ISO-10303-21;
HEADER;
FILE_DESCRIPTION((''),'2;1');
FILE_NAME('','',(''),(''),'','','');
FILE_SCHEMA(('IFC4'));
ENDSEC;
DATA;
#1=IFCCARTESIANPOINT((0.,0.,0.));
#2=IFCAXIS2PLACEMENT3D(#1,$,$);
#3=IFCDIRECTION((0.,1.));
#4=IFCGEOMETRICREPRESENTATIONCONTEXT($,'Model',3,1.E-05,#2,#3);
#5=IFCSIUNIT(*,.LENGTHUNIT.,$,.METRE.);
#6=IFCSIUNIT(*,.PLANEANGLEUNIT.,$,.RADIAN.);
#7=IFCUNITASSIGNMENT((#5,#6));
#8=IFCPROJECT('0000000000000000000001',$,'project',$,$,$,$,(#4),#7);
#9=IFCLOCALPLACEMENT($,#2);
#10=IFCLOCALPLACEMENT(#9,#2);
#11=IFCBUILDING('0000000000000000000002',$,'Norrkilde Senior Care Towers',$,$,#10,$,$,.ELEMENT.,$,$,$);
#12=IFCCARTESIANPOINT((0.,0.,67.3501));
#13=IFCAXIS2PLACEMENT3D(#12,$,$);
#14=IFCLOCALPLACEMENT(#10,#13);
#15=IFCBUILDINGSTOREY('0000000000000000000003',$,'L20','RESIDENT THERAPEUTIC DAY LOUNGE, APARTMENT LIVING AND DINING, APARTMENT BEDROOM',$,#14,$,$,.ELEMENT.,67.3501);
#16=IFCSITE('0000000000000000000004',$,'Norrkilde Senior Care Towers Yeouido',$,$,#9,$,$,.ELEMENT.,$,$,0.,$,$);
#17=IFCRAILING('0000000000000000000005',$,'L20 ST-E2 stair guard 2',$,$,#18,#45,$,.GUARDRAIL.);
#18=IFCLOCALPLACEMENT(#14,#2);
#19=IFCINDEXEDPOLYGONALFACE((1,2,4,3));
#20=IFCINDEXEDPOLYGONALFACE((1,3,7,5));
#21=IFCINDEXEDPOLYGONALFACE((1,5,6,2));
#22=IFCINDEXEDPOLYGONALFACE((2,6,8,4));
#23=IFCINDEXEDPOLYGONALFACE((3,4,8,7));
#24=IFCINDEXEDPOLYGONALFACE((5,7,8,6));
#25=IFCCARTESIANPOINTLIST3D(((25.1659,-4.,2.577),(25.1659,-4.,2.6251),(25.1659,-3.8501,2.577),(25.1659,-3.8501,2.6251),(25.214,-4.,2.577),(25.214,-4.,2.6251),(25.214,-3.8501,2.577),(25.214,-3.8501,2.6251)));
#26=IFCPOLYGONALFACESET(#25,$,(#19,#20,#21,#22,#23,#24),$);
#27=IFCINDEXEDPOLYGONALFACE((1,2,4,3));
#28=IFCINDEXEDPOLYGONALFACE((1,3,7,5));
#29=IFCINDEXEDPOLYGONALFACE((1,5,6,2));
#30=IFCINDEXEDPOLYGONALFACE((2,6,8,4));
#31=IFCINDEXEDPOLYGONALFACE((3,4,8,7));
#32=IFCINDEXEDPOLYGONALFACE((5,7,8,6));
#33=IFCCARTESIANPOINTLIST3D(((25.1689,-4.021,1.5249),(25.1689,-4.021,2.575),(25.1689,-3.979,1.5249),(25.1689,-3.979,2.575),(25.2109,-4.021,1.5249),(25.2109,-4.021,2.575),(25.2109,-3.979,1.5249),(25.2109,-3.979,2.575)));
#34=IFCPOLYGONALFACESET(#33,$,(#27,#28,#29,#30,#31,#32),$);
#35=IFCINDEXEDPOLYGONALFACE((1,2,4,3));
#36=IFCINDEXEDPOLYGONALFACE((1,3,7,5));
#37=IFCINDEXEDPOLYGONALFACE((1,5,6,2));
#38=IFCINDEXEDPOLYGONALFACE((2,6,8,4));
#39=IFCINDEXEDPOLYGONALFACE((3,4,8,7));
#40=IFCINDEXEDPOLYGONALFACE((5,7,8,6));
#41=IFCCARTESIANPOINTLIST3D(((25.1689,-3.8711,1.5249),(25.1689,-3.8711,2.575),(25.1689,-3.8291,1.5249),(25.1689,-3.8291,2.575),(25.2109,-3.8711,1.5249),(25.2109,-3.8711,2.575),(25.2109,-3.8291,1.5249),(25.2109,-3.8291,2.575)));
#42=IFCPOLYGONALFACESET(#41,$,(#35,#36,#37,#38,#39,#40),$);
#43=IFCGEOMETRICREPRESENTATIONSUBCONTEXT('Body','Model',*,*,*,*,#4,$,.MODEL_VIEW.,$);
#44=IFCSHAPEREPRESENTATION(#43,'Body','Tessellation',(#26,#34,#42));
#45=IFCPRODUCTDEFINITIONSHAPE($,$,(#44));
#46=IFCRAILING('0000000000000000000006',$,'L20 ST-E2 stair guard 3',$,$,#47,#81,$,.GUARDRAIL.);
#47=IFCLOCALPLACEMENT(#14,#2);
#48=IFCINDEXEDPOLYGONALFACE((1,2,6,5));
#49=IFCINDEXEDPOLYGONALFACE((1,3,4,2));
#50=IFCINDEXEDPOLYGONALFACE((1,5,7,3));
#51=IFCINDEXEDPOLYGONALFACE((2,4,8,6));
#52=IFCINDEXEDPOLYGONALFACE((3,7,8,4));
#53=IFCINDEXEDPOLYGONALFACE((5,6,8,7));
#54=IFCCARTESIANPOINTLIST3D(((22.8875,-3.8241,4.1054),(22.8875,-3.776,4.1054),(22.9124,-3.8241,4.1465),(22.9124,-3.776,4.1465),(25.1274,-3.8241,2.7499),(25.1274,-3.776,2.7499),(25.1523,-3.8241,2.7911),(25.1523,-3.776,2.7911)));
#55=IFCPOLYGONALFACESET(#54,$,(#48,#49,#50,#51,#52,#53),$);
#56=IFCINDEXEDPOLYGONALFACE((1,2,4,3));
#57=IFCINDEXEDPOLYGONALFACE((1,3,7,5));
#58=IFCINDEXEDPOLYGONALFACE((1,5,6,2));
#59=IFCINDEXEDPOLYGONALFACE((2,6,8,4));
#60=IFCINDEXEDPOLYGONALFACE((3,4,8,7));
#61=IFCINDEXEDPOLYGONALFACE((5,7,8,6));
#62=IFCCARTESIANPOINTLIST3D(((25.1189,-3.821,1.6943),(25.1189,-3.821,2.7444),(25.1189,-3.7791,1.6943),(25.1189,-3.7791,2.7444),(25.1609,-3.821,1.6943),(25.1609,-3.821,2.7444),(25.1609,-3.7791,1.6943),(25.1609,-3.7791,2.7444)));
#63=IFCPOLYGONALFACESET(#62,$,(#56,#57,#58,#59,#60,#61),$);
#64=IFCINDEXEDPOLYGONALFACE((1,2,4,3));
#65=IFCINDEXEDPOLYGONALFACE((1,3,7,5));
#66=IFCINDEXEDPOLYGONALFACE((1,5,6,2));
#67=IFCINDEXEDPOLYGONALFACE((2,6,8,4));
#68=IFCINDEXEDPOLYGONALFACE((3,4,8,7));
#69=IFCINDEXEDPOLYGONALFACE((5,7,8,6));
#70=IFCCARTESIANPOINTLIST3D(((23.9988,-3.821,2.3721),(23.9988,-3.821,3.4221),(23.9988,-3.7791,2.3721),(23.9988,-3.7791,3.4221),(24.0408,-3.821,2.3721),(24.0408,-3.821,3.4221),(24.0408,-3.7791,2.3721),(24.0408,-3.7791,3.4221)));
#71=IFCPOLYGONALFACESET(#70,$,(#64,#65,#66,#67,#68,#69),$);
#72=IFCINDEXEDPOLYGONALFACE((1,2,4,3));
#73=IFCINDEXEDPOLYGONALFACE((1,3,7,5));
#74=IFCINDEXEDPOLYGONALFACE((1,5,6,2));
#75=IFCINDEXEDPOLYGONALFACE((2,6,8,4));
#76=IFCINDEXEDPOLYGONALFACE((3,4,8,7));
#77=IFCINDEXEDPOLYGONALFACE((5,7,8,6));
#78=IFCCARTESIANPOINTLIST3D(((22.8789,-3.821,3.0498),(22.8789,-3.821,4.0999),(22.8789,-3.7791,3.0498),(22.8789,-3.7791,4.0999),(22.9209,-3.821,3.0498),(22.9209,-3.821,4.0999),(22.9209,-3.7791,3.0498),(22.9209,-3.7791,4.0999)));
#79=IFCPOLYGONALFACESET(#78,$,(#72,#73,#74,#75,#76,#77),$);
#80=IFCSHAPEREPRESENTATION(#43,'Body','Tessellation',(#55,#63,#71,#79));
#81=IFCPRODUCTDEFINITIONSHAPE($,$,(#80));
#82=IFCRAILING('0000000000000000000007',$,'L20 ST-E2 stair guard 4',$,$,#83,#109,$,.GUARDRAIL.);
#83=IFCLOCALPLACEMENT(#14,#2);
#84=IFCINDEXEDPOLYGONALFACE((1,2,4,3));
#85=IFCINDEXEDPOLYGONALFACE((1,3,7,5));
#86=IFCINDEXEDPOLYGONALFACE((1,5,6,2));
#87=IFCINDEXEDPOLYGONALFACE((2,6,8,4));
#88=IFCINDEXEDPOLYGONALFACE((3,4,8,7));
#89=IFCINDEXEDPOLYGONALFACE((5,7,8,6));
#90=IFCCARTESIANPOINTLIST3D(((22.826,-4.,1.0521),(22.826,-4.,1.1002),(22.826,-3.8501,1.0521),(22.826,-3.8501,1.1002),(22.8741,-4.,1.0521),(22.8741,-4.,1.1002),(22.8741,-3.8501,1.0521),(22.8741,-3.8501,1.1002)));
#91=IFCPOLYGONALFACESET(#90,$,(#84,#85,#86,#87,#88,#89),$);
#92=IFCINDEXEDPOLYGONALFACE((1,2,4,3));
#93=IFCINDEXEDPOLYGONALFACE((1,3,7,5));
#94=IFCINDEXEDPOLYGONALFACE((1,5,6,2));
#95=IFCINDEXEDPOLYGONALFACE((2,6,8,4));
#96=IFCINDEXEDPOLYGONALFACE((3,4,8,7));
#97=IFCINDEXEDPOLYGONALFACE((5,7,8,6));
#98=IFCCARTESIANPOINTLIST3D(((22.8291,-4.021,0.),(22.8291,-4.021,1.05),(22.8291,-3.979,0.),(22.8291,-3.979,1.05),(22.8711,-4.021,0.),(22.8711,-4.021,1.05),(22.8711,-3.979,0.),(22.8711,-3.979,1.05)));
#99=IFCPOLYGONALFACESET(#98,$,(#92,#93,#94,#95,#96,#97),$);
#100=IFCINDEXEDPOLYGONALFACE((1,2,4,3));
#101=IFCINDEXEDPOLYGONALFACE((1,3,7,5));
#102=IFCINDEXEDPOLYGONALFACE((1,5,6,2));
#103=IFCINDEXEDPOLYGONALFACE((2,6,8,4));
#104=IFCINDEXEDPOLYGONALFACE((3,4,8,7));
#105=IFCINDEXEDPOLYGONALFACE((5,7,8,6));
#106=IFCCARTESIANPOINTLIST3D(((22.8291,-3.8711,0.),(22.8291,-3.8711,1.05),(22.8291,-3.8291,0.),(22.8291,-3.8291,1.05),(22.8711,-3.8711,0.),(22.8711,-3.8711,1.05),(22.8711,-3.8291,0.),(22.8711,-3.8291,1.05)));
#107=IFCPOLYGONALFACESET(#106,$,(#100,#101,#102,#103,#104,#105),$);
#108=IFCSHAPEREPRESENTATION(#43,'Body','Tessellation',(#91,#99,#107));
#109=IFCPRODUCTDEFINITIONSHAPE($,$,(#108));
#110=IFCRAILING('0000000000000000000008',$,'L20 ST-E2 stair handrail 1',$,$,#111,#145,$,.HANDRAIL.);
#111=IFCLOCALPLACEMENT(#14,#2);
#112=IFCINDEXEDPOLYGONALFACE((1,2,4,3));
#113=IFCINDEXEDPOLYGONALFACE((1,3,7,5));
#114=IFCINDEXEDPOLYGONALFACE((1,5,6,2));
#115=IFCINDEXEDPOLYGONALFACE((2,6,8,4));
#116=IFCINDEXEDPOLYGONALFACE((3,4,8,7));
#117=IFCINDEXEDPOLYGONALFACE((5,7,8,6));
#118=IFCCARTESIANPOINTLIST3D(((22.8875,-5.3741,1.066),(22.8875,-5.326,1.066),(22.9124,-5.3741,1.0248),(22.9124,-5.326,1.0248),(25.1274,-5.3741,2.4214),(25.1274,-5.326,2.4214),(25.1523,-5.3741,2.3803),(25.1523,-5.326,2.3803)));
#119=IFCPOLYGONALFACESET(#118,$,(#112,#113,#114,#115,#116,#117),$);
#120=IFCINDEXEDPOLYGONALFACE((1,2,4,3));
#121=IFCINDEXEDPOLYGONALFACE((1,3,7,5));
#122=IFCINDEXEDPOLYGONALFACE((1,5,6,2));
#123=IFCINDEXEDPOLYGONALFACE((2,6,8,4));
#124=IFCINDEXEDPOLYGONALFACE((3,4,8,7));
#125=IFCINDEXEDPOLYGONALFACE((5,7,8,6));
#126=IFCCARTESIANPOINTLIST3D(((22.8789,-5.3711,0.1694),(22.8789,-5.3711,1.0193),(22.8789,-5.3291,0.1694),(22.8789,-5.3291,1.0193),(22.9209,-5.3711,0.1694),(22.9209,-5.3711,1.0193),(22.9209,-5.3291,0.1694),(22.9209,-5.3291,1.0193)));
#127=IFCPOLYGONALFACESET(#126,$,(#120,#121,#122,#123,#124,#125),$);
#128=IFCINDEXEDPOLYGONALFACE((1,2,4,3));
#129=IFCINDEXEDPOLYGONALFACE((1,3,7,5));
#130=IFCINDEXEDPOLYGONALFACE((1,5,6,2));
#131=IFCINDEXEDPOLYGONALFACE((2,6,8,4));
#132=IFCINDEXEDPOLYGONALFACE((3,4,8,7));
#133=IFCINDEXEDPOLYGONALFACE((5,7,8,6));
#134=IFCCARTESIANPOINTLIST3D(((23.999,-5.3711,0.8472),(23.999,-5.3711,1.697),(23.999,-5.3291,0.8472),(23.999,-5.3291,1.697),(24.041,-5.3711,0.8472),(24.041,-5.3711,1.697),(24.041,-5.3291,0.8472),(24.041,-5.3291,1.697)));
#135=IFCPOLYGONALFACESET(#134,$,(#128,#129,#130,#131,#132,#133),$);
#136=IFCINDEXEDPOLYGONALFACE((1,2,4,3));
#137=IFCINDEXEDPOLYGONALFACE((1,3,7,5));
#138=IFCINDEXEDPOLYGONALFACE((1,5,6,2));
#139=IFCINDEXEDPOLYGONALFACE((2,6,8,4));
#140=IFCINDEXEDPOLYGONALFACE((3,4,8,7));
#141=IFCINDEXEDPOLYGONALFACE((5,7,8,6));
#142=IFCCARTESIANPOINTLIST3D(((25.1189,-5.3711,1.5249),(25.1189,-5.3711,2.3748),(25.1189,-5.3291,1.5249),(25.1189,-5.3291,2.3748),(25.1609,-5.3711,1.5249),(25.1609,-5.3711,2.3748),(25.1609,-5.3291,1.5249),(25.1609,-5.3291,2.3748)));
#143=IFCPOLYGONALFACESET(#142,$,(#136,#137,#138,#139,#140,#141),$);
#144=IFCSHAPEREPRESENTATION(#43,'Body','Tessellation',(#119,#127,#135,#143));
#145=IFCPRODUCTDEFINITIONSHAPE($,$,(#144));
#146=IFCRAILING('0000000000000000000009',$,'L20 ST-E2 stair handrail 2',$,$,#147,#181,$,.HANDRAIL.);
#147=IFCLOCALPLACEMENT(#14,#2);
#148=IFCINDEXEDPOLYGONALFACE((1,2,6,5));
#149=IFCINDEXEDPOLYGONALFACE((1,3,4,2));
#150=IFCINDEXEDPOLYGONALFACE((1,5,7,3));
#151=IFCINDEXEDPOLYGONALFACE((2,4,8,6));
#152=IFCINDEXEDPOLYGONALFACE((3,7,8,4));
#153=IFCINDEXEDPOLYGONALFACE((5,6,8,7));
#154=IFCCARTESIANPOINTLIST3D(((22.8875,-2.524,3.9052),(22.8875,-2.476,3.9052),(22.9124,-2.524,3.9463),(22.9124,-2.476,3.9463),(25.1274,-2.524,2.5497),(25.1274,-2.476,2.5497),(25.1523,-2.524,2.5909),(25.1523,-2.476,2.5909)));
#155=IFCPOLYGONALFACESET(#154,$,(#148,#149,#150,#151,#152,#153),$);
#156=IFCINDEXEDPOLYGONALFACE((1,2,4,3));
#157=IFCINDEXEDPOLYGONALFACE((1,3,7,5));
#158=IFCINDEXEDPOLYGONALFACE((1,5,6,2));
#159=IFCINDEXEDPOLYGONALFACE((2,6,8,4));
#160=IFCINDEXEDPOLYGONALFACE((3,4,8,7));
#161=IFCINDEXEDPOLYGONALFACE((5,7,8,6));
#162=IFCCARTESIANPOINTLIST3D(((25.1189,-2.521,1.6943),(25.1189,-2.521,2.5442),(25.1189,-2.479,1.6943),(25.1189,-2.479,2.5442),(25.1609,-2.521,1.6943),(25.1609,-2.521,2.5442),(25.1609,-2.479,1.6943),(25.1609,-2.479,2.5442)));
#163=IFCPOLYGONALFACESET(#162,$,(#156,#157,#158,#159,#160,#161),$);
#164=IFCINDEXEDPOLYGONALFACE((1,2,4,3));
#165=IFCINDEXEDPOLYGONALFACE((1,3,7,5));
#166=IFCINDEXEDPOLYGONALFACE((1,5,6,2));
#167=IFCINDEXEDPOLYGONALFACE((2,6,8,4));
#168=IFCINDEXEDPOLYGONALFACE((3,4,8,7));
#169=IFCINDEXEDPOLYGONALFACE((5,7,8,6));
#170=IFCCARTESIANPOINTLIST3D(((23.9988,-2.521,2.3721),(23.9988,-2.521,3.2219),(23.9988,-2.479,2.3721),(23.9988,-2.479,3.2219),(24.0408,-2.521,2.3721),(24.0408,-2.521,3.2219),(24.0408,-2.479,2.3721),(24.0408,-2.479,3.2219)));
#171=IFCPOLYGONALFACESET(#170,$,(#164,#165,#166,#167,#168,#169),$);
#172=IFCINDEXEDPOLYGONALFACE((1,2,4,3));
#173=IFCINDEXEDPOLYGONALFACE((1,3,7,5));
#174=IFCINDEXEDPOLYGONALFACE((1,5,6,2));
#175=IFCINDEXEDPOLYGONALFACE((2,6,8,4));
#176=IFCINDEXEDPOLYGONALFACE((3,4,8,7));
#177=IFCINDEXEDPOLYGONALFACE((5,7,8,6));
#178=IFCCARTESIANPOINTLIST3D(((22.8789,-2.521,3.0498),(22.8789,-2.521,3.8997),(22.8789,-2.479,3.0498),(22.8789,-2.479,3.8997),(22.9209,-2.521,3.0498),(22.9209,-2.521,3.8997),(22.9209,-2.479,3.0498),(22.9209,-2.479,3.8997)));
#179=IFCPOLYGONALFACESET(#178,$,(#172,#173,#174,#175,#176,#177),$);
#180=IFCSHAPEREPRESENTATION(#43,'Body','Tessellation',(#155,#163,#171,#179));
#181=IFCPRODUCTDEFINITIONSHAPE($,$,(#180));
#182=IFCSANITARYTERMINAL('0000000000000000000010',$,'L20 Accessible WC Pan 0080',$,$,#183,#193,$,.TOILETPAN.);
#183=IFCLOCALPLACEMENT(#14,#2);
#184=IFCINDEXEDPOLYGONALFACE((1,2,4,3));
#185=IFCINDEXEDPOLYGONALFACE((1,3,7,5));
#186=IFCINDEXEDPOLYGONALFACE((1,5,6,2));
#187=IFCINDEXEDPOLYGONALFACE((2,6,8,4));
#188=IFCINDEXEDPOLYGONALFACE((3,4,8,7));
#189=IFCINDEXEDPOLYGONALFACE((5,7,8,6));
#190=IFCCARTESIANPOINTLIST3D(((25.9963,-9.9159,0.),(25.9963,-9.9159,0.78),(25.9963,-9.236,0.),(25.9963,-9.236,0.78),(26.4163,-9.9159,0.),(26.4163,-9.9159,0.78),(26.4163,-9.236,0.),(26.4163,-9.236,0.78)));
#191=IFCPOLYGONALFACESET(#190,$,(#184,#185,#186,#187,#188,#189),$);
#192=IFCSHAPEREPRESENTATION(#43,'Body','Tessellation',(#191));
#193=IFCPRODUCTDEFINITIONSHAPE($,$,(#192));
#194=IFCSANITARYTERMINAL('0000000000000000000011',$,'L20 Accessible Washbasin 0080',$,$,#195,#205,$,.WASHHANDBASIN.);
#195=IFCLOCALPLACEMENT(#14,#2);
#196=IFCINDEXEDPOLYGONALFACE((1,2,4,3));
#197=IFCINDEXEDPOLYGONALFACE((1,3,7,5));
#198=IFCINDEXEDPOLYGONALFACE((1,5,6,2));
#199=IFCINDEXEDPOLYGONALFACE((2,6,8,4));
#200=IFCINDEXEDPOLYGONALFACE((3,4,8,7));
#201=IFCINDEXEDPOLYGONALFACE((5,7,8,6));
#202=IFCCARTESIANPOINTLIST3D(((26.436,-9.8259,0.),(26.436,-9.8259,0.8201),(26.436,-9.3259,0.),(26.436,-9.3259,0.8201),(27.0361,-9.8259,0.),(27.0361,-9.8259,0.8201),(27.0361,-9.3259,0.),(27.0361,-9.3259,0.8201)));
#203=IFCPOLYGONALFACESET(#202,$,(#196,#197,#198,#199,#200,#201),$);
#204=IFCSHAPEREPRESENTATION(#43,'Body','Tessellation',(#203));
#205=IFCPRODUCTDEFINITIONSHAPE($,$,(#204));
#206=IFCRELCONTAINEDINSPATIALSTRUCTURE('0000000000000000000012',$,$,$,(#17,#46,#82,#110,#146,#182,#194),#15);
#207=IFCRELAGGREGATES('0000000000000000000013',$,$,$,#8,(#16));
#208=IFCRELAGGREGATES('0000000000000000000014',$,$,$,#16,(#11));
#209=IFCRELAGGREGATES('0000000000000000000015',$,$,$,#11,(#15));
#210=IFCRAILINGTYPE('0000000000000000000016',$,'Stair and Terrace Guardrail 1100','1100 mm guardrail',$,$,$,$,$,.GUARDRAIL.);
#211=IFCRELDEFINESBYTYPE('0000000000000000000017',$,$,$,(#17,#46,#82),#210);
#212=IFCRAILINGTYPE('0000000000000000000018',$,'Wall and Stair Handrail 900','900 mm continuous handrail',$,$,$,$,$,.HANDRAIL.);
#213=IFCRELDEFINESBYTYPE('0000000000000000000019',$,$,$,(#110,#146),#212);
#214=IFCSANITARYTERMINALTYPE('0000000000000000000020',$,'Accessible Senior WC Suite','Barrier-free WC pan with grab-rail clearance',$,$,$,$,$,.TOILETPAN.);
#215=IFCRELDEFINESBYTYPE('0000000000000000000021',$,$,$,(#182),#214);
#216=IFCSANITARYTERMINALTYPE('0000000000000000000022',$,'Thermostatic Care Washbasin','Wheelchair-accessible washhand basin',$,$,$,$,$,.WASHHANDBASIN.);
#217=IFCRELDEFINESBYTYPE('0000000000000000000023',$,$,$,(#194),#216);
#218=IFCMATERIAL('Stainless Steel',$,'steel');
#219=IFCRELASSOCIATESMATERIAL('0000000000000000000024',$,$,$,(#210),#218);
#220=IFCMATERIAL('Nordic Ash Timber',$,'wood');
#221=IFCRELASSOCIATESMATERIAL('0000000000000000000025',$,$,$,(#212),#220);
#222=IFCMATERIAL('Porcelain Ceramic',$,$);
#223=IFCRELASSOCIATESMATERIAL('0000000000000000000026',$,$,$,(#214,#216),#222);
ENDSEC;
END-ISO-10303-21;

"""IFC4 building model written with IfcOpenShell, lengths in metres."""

from ifc_helpers import new_model, si_unit, direction, frame, origin, origin_2d, place, context, subcontext, project, spatial, rectangle, extrude, source, transform, mapped, material, type_object, type_shapes, element, save


model = new_model("IFC4")

# Units and contexts
model_context = context("Model", 3, precision=1e-05, world=origin(), true_north=direction((0.0, 1.0)))
body_context = subcontext(model_context, "Body", "Model", "MODEL_VIEW")
ifc_project = project(units=[si_unit("LENGTHUNIT", "METRE"), si_unit("PLANEANGLEUNIT", "RADIAN")], contexts=[model_context])

# Site, building, storey
site_placement = place(None, origin())
site = spatial("IfcSite", under=ifc_project, at=site_placement, Name="Norrkilde Senior Care Towers Yeouido", CompositionType="ELEMENT", RefElevation=0.0)
building_placement = place(site_placement, origin())
building = spatial("IfcBuilding", under=site, at=building_placement, Name="Norrkilde Senior Care Towers", CompositionType="ELEMENT")
storey_placement = place(building_placement, frame((0.0, 0.0, 67.3501)))
storey = spatial("IfcBuildingStorey", under=building, at=storey_placement, Name="L20", Description="RESIDENT THERAPEUTIC DAY LOUNGE, APARTMENT LIVING AND DINING, APARTMENT BEDROOM", CompositionType="ELEMENT", Elevation=67.3501)

# Railings
ifc_material_1 = material(Name="Stainless Steel", Category="steel")
railing_type_1 = type_object("IfcRailingType", Name="Stair and Terrace Guardrail 1100", Description="1100 mm guardrail", PredefinedType="GUARDRAIL", material=ifc_material_1)
railing_1_placement = place(storey_placement, frame((25.1899, -4.0, 1.5249)))
element("IfcRailing", 1, at=railing_1_placement, inside=storey, type_object=railing_type_1, Name="L20 ST-E2 stair guard 2", PredefinedType="GUARDRAIL", context=body_context, shape_type="SweptSolid", body=[
    extrude(rectangle(XDim=0.0481, YDim=0.0481, at=origin_2d()), frame((0.0, 0.0, 1.0762), z_axis=(0.0, 1.0, 0.0), x_axis=(-1.0, 0.0, 0.0)), (0.0, 0.0, 1.0), 0.1499),
    extrude(rectangle(XDim=0.042, YDim=0.042, at=origin_2d()), origin(), (0.0, 0.0, 1.0), 1.05),
    extrude(rectangle(XDim=0.042, YDim=0.042, at=origin_2d()), frame((0.0, 0.1499, 0.0)), (0.0, 0.0, 1.0), 1.05),
])
railing_2_placement = place(storey_placement, frame((25.1399, -3.8, 1.6943)))
element("IfcRailing", 2, at=railing_2_placement, inside=storey, type_object=railing_type_1, Name="L20 ST-E2 stair guard 3", PredefinedType="GUARDRAIL", context=body_context, shape_type="SweptSolid", body=[
    extrude(rectangle(XDim=0.0481, YDim=0.0481, at=origin_2d()), frame((0.0, 0.0, 1.0762), z_axis=(-0.855553, 0.0, 0.517715), x_axis=(0.0, -1.0, 0.0)), (0.0, 0.0, 1.0), 2.6182),
    extrude(rectangle(XDim=0.042, YDim=0.042, at=origin_2d()), origin(), (0.0, 0.0, 1.0), 1.05),
    extrude(rectangle(XDim=0.042, YDim=0.042, at=origin_2d()), frame((-1.1201, 0.0, 0.6777)), (0.0, 0.0, 1.0), 1.05),
    extrude(rectangle(XDim=0.042, YDim=0.042, at=origin_2d()), frame((-2.24, 0.0, 1.3555)), (0.0, 0.0, 1.0), 1.05),
])
railing_3_placement = place(storey_placement, frame((22.8501, -4.0, 0.0)))
element("IfcRailing", 3, at=railing_3_placement, inside=storey, type_object=railing_type_1, Name="L20 ST-E2 stair guard 4", PredefinedType="GUARDRAIL", context=body_context, shape_type="SweptSolid", body=[
    extrude(rectangle(XDim=0.0481, YDim=0.0481, at=origin_2d()), frame((0.0, 0.0, 1.0762), z_axis=(0.0, 1.0, 0.0), x_axis=(-1.0, 0.0, 0.0)), (0.0, 0.0, 1.0), 0.1499),
    extrude(rectangle(XDim=0.042, YDim=0.042, at=origin_2d()), origin(), (0.0, 0.0, 1.0), 1.05),
    extrude(rectangle(XDim=0.042, YDim=0.042, at=origin_2d()), frame((0.0, 0.1499, 0.0)), (0.0, 0.0, 1.0), 1.05),
])
ifc_material_2 = material(Name="Nordic Ash Timber", Category="wood")
railing_type_2 = type_object("IfcRailingType", Name="Wall and Stair Handrail 900", Description="900 mm continuous handrail", PredefinedType="HANDRAIL", material=ifc_material_2)
railing_4_placement = place(storey_placement, frame((22.8999, -5.3501, 0.1694)))
element("IfcRailing", 4, at=railing_4_placement, inside=storey, type_object=railing_type_2, Name="L20 ST-E2 stair handrail 1", PredefinedType="HANDRAIL", context=body_context, shape_type="SweptSolid", body=[
    extrude(rectangle(XDim=0.0481, YDim=0.0481, at=origin_2d()), frame((0.0, 0.0, 0.876), z_axis=(0.855553, 0.0, 0.517715), x_axis=(0.0, 1.0, 0.0)), (0.0, 0.0, 1.0), 2.6182),
    extrude(rectangle(XDim=0.042, YDim=0.042, at=origin_2d()), origin(), (0.0, 0.0, 1.0), 0.8499),
    extrude(rectangle(XDim=0.042, YDim=0.042, at=origin_2d()), frame((1.1201, 0.0, 0.6777)), (0.0, 0.0, 1.0), 0.8499),
    extrude(rectangle(XDim=0.042, YDim=0.042, at=origin_2d()), frame((2.24, 0.0, 1.3555)), (0.0, 0.0, 1.0), 0.8499),
])
railing_5_placement = place(storey_placement, frame((25.1399, -2.5, 1.6943)))
element("IfcRailing", 5, at=railing_5_placement, inside=storey, type_object=railing_type_2, Name="L20 ST-E2 stair handrail 2", PredefinedType="HANDRAIL", context=body_context, shape_type="SweptSolid", body=[
    extrude(rectangle(XDim=0.0481, YDim=0.0481, at=origin_2d()), frame((0.0, 0.0, 0.876), z_axis=(-0.855553, 0.0, 0.517715), x_axis=(0.0, -1.0, 0.0)), (0.0, 0.0, 1.0), 2.6182),
    extrude(rectangle(XDim=0.042, YDim=0.042, at=origin_2d()), origin(), (0.0, 0.0, 1.0), 0.8499),
    extrude(rectangle(XDim=0.042, YDim=0.042, at=origin_2d()), frame((-1.1201, 0.0, 0.6777)), (0.0, 0.0, 1.0), 0.8499),
    extrude(rectangle(XDim=0.042, YDim=0.042, at=origin_2d()), frame((-2.24, 0.0, 1.3555)), (0.0, 0.0, 1.0), 0.8499),
])

# Sanitary terminals
ifc_material_3 = material(Name="Porcelain Ceramic")
sanitary_terminal_type_1 = type_object("IfcSanitaryTerminalType", Name="Accessible Senior WC Suite", Description="Barrier-free WC pan with grab-rail clearance", PredefinedType="TOILETPAN", material=ifc_material_3)
shared_shape_1 = source(origin(), body_context, "Body", "SweptSolid", [
    extrude(rectangle(XDim=0.4199, YDim=0.6799, at=origin_2d()), origin(), (0.0, 0.0, 1.0), 0.78),
])
type_shapes(sanitary_terminal_type_1, [shared_shape_1])
sanitary_terminal_1_placement = place(storey_placement, frame((26.2063, -9.5759, 0.0), z_axis=(0.0, 0.0, 1.0), x_axis=(1.0, 0.0, 0.0)))
element("IfcSanitaryTerminal", 6, at=sanitary_terminal_1_placement, inside=storey, type_object=sanitary_terminal_type_1, Name="L20 Accessible WC Pan 0080", PredefinedType="TOILETPAN", context=body_context, shape_type="MappedRepresentation", body=[
    mapped(shared_shape_1, transform((0.0, 0.0, 0.0), x_axis=(1.0, 0.0, 0.0), y_axis=(0.0, 1.0, 0.0), z_axis=(0.0, 0.0, 1.0), scale=1.0)),
])
sanitary_terminal_type_2 = type_object("IfcSanitaryTerminalType", Name="Thermostatic Care Washbasin", Description="Wheelchair-accessible washhand basin", PredefinedType="WASHHANDBASIN", material=ifc_material_3)
shared_shape_2 = source(origin(), body_context, "Body", "SweptSolid", [
    extrude(rectangle(XDim=0.6001, YDim=0.5, at=origin_2d()), origin(), (0.0, 0.0, 1.0), 0.8201),
])
type_shapes(sanitary_terminal_type_2, [shared_shape_2])
sanitary_terminal_2_placement = place(storey_placement, frame((26.7361, -9.5759, 0.0), z_axis=(0.0, 0.0, 1.0), x_axis=(1.0, 0.0, 0.0)))
element("IfcSanitaryTerminal", 7, at=sanitary_terminal_2_placement, inside=storey, type_object=sanitary_terminal_type_2, Name="L20 Accessible Washbasin 0080", PredefinedType="WASHHANDBASIN", context=body_context, shape_type="MappedRepresentation", body=[
    mapped(shared_shape_2, transform((0.0, 0.0, 0.0), x_axis=(1.0, 0.0, 0.0), y_axis=(0.0, 1.0, 0.0), z_axis=(0.0, 0.0, 1.0), scale=1.0)),
])

save(model, "model.ifc")
